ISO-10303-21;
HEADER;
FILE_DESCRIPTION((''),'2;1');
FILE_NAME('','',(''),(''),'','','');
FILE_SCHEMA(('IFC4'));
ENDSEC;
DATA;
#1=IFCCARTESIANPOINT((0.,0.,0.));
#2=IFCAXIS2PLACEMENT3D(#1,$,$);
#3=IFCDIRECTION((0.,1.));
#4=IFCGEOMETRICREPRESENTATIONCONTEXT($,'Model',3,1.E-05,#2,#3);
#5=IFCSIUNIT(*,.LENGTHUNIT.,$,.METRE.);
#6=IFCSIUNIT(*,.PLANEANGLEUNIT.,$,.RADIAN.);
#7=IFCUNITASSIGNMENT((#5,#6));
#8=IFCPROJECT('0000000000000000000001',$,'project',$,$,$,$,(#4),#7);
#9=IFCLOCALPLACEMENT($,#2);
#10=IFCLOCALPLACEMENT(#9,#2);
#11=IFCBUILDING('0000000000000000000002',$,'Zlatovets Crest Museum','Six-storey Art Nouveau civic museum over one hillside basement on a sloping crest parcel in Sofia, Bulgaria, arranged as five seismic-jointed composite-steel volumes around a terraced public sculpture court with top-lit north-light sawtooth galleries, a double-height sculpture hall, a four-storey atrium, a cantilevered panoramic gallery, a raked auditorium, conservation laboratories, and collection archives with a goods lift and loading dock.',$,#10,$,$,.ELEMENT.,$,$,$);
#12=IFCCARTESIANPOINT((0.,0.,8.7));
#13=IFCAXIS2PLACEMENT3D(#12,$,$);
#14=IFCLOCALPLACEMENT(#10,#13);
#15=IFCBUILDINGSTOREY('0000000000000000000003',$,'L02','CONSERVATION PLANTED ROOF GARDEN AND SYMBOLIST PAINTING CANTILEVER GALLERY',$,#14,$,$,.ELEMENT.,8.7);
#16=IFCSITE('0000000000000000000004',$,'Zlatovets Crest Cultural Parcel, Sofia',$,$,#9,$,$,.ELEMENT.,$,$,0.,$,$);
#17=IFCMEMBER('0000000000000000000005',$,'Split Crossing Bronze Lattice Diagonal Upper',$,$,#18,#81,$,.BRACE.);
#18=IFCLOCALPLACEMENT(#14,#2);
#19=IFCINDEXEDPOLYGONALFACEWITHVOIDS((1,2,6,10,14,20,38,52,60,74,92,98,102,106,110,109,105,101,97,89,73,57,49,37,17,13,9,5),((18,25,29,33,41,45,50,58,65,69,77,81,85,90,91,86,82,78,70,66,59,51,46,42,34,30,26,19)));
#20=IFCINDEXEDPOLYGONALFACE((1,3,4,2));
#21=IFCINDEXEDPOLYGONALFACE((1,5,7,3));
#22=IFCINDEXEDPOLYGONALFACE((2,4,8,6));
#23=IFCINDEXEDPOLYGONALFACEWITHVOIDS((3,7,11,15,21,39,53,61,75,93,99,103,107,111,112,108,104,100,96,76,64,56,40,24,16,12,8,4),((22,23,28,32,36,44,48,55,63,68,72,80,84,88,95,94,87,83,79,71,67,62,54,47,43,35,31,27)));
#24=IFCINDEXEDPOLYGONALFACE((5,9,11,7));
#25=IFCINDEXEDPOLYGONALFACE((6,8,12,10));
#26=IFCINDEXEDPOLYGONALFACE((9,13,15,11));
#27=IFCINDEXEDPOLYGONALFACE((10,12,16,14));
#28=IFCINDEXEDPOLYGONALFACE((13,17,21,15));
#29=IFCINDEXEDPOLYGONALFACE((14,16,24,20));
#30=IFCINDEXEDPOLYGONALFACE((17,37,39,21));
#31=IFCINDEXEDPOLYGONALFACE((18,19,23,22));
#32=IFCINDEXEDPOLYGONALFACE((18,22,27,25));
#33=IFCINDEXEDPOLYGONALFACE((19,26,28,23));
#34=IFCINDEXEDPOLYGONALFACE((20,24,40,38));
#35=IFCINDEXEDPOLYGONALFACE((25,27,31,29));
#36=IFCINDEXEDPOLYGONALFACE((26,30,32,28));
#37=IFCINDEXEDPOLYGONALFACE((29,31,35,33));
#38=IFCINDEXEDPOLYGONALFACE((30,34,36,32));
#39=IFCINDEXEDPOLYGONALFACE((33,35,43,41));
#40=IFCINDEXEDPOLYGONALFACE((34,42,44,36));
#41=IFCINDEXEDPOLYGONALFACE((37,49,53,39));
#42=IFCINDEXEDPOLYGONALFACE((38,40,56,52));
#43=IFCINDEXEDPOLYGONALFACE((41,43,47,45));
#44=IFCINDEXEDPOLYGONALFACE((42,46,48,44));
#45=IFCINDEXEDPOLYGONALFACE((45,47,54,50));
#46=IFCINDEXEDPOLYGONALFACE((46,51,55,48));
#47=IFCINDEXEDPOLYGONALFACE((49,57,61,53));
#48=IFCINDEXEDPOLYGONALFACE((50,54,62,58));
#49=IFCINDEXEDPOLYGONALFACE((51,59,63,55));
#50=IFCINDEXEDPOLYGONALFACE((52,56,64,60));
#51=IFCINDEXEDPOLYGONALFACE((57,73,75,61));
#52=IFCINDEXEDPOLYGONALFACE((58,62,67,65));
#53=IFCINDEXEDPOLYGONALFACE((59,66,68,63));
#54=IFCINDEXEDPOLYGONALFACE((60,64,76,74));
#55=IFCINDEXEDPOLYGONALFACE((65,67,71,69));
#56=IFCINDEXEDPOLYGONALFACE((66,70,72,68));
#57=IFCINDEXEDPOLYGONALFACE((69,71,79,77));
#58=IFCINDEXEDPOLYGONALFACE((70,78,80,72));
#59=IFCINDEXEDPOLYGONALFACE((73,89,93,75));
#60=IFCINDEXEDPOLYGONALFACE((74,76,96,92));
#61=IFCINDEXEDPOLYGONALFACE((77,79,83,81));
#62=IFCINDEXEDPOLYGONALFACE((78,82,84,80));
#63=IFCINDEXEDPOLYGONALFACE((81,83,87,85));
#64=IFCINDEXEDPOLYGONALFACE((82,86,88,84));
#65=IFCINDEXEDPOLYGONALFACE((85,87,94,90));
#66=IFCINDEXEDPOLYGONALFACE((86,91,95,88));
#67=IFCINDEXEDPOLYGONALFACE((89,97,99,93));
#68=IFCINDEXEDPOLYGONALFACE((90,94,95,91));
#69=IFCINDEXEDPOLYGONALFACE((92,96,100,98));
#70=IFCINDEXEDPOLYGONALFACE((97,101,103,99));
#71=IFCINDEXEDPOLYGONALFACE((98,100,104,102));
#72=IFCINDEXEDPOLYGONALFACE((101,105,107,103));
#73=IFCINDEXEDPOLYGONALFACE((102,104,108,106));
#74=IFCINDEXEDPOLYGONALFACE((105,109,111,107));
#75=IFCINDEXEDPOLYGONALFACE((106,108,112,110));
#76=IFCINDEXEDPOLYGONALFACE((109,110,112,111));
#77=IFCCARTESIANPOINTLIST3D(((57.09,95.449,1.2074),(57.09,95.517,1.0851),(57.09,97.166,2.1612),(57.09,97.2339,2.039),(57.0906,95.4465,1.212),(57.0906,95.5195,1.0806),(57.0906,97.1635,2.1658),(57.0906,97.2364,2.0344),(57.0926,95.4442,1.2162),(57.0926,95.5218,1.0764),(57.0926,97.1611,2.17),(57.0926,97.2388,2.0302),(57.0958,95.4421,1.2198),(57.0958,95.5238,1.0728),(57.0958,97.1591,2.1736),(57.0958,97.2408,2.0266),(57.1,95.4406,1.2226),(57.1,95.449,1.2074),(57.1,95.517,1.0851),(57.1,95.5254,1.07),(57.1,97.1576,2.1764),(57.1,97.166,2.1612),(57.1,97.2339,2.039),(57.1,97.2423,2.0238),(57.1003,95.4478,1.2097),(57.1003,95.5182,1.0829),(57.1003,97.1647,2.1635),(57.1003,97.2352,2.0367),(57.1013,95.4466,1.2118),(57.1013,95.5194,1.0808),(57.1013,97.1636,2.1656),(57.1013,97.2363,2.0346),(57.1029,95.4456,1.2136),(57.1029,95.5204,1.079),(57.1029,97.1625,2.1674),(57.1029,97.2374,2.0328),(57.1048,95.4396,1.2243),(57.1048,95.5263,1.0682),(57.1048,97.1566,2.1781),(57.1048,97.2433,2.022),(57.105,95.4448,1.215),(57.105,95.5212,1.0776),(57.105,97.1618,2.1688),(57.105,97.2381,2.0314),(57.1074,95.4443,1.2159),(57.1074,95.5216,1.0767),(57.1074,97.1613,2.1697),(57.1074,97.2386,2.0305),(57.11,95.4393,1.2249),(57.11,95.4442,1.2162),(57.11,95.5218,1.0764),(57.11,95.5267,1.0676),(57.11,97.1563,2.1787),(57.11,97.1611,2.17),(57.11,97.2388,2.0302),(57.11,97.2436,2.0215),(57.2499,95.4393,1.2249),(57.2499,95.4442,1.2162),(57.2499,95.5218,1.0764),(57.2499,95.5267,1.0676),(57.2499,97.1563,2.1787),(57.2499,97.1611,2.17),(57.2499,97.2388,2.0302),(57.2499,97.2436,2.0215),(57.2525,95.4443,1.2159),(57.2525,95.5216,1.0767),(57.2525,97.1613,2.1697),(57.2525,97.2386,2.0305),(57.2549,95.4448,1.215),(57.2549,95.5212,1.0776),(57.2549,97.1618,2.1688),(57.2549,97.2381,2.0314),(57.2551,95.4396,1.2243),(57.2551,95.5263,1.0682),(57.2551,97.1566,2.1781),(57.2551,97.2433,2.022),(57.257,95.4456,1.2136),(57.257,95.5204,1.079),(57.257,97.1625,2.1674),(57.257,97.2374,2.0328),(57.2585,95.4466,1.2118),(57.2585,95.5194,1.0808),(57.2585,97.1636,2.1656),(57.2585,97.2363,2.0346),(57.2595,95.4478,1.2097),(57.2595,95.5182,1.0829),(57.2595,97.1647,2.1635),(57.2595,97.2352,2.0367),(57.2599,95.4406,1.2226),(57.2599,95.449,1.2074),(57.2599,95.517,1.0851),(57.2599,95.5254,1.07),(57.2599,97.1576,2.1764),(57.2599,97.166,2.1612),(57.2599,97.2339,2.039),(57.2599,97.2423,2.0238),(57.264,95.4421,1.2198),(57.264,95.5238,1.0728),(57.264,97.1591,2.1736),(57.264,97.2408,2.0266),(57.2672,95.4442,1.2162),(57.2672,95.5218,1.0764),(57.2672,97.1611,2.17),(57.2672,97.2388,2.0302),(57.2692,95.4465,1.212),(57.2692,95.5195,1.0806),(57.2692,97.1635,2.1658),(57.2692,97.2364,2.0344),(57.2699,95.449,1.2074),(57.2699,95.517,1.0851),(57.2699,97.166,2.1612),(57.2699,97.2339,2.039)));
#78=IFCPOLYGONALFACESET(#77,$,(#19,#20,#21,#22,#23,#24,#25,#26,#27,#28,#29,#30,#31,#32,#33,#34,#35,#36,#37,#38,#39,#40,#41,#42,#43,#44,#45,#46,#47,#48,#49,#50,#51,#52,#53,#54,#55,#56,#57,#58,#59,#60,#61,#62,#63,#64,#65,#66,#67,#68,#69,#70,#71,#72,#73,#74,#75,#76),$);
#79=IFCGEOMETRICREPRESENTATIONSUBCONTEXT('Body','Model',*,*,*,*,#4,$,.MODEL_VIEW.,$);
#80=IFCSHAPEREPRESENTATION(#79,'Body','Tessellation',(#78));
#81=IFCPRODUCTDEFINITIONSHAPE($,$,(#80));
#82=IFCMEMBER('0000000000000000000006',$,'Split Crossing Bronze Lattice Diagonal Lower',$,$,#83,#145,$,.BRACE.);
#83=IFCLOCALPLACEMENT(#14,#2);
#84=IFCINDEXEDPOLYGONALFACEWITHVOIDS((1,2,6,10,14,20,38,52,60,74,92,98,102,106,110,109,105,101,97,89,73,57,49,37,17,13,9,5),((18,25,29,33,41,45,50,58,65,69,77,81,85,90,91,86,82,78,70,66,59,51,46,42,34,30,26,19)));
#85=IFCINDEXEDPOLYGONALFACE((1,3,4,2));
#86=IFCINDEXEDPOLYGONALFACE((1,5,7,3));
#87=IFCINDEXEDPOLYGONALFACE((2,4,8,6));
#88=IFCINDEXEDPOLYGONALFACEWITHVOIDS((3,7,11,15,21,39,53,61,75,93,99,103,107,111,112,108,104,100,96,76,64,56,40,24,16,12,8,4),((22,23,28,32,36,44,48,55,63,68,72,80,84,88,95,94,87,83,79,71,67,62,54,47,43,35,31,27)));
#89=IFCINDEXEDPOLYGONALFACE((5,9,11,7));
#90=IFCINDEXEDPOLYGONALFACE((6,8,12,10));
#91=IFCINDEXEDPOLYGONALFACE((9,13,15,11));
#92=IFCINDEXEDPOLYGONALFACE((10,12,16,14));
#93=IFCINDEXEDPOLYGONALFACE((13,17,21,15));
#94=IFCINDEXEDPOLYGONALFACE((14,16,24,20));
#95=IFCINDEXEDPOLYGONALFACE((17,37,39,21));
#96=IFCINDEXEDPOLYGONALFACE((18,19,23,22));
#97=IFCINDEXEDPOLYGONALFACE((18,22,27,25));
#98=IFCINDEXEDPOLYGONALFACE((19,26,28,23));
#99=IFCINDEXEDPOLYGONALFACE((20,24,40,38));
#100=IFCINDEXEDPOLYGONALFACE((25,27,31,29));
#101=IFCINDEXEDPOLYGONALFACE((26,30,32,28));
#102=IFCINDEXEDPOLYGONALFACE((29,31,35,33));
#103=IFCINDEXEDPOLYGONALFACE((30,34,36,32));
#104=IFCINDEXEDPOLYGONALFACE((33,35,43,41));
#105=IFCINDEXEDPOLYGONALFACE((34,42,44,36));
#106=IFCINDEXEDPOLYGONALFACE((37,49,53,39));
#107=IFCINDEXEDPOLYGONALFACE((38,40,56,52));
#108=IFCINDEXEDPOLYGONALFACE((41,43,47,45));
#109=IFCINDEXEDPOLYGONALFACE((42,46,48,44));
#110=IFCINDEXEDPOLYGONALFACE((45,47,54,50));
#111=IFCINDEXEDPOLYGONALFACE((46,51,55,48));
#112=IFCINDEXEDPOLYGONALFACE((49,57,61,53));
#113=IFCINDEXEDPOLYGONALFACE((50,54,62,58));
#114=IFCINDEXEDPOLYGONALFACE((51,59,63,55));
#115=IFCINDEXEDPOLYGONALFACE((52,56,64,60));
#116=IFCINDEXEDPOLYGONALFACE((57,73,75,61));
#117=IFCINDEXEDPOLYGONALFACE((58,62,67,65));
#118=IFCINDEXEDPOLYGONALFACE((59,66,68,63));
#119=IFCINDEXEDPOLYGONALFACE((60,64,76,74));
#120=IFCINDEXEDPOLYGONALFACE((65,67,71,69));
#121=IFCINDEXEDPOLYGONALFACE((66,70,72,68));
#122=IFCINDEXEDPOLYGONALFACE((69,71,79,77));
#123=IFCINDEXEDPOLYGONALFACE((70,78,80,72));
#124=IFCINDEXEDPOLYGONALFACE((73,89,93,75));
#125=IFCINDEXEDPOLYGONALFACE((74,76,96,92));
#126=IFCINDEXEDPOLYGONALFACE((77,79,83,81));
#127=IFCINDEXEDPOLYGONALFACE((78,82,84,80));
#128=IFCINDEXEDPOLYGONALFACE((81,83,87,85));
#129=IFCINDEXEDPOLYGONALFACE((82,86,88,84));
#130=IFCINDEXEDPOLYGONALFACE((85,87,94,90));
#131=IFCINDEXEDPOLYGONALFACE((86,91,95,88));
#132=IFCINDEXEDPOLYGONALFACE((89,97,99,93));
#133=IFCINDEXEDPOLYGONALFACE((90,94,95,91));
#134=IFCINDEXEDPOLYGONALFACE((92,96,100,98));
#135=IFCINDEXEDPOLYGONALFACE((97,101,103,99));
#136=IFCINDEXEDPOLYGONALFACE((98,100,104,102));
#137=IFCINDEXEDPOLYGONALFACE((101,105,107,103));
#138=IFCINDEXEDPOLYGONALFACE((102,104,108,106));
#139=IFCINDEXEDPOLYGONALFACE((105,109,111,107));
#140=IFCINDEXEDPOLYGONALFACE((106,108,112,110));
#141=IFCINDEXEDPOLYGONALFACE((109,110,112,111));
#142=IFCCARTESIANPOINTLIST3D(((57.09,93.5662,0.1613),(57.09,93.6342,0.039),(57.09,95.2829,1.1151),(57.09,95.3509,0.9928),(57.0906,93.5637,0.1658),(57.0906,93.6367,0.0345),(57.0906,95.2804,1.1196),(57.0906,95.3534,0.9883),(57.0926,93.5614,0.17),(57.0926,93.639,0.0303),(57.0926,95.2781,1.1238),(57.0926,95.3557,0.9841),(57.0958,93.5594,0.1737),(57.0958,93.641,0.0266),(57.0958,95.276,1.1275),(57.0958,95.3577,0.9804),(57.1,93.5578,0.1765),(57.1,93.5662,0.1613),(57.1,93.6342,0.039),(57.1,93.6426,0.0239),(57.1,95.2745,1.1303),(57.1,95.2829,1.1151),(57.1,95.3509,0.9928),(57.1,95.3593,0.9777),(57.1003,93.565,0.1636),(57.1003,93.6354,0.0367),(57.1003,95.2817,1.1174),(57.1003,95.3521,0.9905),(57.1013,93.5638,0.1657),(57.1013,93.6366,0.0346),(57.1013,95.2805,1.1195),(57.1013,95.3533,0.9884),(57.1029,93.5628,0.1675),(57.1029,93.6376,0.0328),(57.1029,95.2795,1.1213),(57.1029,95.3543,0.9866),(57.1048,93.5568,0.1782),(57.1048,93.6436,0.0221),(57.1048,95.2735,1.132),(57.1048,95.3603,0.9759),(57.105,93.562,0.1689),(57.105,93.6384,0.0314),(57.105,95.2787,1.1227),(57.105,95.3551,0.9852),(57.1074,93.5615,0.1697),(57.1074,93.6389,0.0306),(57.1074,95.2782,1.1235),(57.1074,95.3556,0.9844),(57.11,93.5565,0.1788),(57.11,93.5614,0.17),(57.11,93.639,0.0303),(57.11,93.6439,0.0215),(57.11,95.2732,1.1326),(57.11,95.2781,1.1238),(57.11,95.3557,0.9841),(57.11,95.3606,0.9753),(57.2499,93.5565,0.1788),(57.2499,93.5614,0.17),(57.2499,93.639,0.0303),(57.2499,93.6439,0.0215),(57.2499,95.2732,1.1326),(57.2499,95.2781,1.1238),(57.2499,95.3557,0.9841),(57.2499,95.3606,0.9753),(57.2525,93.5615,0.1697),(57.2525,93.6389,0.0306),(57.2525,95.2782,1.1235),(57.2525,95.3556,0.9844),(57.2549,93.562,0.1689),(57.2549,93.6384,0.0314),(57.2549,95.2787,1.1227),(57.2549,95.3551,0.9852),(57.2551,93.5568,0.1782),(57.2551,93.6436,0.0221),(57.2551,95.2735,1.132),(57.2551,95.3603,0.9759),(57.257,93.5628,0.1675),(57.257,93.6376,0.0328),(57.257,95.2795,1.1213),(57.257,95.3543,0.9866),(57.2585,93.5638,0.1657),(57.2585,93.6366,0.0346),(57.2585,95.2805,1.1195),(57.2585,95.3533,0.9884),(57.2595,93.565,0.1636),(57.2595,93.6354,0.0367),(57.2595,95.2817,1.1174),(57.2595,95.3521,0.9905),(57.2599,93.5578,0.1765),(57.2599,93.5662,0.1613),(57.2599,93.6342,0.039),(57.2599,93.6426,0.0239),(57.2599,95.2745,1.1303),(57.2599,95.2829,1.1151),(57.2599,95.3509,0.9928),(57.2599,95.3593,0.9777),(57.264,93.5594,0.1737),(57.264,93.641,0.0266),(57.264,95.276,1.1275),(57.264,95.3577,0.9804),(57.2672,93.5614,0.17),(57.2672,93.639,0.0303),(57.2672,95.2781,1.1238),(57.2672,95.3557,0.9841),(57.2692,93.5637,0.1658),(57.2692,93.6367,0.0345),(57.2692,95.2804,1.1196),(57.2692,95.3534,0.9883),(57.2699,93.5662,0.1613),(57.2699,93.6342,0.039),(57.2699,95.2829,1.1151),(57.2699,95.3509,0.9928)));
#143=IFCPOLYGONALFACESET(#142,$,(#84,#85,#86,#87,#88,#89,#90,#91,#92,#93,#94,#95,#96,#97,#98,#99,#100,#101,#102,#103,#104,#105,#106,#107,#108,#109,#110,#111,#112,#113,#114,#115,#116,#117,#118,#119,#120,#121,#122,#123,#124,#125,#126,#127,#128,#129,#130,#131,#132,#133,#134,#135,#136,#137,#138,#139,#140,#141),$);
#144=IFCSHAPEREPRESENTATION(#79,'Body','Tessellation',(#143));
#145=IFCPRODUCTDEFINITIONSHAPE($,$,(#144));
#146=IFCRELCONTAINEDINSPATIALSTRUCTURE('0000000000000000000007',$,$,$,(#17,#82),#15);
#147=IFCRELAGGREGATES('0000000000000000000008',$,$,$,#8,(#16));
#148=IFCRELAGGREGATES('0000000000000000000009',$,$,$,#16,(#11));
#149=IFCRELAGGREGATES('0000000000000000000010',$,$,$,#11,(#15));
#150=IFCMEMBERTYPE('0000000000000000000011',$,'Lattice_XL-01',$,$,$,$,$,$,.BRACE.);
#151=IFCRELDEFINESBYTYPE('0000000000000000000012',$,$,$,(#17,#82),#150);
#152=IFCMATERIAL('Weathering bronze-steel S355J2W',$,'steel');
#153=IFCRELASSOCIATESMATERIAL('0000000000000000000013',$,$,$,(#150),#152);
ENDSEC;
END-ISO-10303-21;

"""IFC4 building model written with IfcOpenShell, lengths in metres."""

from ifc_helpers import new_model, si_unit, direction, frame, origin, origin_2d, place, context, subcontext, project, spatial, hollow_rectangle, extrude, material, material_profile, profile_set, type_object, element, save


model = new_model("IFC4")

# Units and contexts
model_context = context("Model", 3, precision=1e-05, world=origin(), true_north=direction((0.0, 1.0)))
body_context = subcontext(model_context, "Body", "Model", "MODEL_VIEW")
ifc_project = project(units=[si_unit("LENGTHUNIT", "METRE"), si_unit("PLANEANGLEUNIT", "RADIAN")], contexts=[model_context])

# Site, building, storey
site_placement = place(None, origin())
site = spatial("IfcSite", under=ifc_project, at=site_placement, Name="Zlatovets Crest Cultural Parcel, Sofia", CompositionType="ELEMENT", RefElevation=0.0)
building_placement = place(site_placement, origin())
building = spatial("IfcBuilding", under=site, at=building_placement, Name="Zlatovets Crest Museum", Description="Six-storey Art Nouveau civic museum over one hillside basement on a sloping crest parcel in Sofia, Bulgaria, arranged as five seismic-jointed composite-steel volumes around a terraced public sculpture court with top-lit north-light sawtooth galleries, a double-height sculpture hall, a four-storey atrium, a cantilevered panoramic gallery, a raked auditorium, conservation laboratories, and collection archives with a goods lift and loading dock.", CompositionType="ELEMENT")
storey_placement = place(building_placement, frame((0.0, 0.0, 8.7)))
storey = spatial("IfcBuildingStorey", under=building, at=storey_placement, Name="L02", Description="CONSERVATION PLANTED ROOF GARDEN AND SYMBOLIST PAINTING CANTILEVER GALLERY", CompositionType="ELEMENT", Elevation=8.7)

# Members
ifc_material_1 = material(Name="Weathering bronze-steel S355J2W", Category="steel")
ifc_material_profile_1 = material_profile(ifc_material_1, hollow_rectangle(XDim=0.1799, YDim=0.1799, WallThickness=0.01, InnerFilletRadius=0.01, OuterFilletRadius=0.02, at=origin_2d()), Name="SHS 180x180x10.0")
ifc_profile_set_1 = profile_set([ifc_material_profile_1], Name="Weathering bronze-steel S355J2W")
member_type_1 = type_object("IfcMemberType", Name="Lattice_XL-01", PredefinedType="BRACE", material=ifc_profile_set_1)
member_1_placement = place(storey_placement, frame((57.1799, 97.2, 2.1001), z_axis=(0.0, -0.874169, -0.485622), x_axis=(1.0, 0.0, 0.0)))
element("IfcMember", 1, at=member_1_placement, inside=storey, type_object=member_type_1, Name="Split Crossing Bronze Lattice Diagonal Upper", PredefinedType="BRACE", context=body_context, shape_type="SweptSolid", body=[
    extrude(hollow_rectangle(XDim=0.1799, YDim=0.1799, WallThickness=0.01, InnerFilletRadius=0.01, OuterFilletRadius=0.02, at=origin_2d()), origin(), (0.0, 0.0, 1.0), 1.9641),
])
for number, where, z_axis, x_axis, name in (
    (2, (57.1799, 95.3169, 1.054), (0.0, -0.87414, -0.485675), (1.0, 0.0, 0.0), "Split Crossing Bronze Lattice Diagonal Lower"),
):
    element("IfcMember", number, at=place(storey_placement, frame(where, z_axis=z_axis, x_axis=x_axis)), inside=storey, type_object=member_type_1, Name=name, PredefinedType="BRACE", context=body_context, shape_type="SweptSolid", body=[
        extrude(hollow_rectangle(XDim=0.1799, YDim=0.1799, WallThickness=0.01, InnerFilletRadius=0.01, OuterFilletRadius=0.02, at=origin_2d()), origin(), (0.0, 0.0, 1.0), 1.9639),
    ])

save(model, "model.ifc")
